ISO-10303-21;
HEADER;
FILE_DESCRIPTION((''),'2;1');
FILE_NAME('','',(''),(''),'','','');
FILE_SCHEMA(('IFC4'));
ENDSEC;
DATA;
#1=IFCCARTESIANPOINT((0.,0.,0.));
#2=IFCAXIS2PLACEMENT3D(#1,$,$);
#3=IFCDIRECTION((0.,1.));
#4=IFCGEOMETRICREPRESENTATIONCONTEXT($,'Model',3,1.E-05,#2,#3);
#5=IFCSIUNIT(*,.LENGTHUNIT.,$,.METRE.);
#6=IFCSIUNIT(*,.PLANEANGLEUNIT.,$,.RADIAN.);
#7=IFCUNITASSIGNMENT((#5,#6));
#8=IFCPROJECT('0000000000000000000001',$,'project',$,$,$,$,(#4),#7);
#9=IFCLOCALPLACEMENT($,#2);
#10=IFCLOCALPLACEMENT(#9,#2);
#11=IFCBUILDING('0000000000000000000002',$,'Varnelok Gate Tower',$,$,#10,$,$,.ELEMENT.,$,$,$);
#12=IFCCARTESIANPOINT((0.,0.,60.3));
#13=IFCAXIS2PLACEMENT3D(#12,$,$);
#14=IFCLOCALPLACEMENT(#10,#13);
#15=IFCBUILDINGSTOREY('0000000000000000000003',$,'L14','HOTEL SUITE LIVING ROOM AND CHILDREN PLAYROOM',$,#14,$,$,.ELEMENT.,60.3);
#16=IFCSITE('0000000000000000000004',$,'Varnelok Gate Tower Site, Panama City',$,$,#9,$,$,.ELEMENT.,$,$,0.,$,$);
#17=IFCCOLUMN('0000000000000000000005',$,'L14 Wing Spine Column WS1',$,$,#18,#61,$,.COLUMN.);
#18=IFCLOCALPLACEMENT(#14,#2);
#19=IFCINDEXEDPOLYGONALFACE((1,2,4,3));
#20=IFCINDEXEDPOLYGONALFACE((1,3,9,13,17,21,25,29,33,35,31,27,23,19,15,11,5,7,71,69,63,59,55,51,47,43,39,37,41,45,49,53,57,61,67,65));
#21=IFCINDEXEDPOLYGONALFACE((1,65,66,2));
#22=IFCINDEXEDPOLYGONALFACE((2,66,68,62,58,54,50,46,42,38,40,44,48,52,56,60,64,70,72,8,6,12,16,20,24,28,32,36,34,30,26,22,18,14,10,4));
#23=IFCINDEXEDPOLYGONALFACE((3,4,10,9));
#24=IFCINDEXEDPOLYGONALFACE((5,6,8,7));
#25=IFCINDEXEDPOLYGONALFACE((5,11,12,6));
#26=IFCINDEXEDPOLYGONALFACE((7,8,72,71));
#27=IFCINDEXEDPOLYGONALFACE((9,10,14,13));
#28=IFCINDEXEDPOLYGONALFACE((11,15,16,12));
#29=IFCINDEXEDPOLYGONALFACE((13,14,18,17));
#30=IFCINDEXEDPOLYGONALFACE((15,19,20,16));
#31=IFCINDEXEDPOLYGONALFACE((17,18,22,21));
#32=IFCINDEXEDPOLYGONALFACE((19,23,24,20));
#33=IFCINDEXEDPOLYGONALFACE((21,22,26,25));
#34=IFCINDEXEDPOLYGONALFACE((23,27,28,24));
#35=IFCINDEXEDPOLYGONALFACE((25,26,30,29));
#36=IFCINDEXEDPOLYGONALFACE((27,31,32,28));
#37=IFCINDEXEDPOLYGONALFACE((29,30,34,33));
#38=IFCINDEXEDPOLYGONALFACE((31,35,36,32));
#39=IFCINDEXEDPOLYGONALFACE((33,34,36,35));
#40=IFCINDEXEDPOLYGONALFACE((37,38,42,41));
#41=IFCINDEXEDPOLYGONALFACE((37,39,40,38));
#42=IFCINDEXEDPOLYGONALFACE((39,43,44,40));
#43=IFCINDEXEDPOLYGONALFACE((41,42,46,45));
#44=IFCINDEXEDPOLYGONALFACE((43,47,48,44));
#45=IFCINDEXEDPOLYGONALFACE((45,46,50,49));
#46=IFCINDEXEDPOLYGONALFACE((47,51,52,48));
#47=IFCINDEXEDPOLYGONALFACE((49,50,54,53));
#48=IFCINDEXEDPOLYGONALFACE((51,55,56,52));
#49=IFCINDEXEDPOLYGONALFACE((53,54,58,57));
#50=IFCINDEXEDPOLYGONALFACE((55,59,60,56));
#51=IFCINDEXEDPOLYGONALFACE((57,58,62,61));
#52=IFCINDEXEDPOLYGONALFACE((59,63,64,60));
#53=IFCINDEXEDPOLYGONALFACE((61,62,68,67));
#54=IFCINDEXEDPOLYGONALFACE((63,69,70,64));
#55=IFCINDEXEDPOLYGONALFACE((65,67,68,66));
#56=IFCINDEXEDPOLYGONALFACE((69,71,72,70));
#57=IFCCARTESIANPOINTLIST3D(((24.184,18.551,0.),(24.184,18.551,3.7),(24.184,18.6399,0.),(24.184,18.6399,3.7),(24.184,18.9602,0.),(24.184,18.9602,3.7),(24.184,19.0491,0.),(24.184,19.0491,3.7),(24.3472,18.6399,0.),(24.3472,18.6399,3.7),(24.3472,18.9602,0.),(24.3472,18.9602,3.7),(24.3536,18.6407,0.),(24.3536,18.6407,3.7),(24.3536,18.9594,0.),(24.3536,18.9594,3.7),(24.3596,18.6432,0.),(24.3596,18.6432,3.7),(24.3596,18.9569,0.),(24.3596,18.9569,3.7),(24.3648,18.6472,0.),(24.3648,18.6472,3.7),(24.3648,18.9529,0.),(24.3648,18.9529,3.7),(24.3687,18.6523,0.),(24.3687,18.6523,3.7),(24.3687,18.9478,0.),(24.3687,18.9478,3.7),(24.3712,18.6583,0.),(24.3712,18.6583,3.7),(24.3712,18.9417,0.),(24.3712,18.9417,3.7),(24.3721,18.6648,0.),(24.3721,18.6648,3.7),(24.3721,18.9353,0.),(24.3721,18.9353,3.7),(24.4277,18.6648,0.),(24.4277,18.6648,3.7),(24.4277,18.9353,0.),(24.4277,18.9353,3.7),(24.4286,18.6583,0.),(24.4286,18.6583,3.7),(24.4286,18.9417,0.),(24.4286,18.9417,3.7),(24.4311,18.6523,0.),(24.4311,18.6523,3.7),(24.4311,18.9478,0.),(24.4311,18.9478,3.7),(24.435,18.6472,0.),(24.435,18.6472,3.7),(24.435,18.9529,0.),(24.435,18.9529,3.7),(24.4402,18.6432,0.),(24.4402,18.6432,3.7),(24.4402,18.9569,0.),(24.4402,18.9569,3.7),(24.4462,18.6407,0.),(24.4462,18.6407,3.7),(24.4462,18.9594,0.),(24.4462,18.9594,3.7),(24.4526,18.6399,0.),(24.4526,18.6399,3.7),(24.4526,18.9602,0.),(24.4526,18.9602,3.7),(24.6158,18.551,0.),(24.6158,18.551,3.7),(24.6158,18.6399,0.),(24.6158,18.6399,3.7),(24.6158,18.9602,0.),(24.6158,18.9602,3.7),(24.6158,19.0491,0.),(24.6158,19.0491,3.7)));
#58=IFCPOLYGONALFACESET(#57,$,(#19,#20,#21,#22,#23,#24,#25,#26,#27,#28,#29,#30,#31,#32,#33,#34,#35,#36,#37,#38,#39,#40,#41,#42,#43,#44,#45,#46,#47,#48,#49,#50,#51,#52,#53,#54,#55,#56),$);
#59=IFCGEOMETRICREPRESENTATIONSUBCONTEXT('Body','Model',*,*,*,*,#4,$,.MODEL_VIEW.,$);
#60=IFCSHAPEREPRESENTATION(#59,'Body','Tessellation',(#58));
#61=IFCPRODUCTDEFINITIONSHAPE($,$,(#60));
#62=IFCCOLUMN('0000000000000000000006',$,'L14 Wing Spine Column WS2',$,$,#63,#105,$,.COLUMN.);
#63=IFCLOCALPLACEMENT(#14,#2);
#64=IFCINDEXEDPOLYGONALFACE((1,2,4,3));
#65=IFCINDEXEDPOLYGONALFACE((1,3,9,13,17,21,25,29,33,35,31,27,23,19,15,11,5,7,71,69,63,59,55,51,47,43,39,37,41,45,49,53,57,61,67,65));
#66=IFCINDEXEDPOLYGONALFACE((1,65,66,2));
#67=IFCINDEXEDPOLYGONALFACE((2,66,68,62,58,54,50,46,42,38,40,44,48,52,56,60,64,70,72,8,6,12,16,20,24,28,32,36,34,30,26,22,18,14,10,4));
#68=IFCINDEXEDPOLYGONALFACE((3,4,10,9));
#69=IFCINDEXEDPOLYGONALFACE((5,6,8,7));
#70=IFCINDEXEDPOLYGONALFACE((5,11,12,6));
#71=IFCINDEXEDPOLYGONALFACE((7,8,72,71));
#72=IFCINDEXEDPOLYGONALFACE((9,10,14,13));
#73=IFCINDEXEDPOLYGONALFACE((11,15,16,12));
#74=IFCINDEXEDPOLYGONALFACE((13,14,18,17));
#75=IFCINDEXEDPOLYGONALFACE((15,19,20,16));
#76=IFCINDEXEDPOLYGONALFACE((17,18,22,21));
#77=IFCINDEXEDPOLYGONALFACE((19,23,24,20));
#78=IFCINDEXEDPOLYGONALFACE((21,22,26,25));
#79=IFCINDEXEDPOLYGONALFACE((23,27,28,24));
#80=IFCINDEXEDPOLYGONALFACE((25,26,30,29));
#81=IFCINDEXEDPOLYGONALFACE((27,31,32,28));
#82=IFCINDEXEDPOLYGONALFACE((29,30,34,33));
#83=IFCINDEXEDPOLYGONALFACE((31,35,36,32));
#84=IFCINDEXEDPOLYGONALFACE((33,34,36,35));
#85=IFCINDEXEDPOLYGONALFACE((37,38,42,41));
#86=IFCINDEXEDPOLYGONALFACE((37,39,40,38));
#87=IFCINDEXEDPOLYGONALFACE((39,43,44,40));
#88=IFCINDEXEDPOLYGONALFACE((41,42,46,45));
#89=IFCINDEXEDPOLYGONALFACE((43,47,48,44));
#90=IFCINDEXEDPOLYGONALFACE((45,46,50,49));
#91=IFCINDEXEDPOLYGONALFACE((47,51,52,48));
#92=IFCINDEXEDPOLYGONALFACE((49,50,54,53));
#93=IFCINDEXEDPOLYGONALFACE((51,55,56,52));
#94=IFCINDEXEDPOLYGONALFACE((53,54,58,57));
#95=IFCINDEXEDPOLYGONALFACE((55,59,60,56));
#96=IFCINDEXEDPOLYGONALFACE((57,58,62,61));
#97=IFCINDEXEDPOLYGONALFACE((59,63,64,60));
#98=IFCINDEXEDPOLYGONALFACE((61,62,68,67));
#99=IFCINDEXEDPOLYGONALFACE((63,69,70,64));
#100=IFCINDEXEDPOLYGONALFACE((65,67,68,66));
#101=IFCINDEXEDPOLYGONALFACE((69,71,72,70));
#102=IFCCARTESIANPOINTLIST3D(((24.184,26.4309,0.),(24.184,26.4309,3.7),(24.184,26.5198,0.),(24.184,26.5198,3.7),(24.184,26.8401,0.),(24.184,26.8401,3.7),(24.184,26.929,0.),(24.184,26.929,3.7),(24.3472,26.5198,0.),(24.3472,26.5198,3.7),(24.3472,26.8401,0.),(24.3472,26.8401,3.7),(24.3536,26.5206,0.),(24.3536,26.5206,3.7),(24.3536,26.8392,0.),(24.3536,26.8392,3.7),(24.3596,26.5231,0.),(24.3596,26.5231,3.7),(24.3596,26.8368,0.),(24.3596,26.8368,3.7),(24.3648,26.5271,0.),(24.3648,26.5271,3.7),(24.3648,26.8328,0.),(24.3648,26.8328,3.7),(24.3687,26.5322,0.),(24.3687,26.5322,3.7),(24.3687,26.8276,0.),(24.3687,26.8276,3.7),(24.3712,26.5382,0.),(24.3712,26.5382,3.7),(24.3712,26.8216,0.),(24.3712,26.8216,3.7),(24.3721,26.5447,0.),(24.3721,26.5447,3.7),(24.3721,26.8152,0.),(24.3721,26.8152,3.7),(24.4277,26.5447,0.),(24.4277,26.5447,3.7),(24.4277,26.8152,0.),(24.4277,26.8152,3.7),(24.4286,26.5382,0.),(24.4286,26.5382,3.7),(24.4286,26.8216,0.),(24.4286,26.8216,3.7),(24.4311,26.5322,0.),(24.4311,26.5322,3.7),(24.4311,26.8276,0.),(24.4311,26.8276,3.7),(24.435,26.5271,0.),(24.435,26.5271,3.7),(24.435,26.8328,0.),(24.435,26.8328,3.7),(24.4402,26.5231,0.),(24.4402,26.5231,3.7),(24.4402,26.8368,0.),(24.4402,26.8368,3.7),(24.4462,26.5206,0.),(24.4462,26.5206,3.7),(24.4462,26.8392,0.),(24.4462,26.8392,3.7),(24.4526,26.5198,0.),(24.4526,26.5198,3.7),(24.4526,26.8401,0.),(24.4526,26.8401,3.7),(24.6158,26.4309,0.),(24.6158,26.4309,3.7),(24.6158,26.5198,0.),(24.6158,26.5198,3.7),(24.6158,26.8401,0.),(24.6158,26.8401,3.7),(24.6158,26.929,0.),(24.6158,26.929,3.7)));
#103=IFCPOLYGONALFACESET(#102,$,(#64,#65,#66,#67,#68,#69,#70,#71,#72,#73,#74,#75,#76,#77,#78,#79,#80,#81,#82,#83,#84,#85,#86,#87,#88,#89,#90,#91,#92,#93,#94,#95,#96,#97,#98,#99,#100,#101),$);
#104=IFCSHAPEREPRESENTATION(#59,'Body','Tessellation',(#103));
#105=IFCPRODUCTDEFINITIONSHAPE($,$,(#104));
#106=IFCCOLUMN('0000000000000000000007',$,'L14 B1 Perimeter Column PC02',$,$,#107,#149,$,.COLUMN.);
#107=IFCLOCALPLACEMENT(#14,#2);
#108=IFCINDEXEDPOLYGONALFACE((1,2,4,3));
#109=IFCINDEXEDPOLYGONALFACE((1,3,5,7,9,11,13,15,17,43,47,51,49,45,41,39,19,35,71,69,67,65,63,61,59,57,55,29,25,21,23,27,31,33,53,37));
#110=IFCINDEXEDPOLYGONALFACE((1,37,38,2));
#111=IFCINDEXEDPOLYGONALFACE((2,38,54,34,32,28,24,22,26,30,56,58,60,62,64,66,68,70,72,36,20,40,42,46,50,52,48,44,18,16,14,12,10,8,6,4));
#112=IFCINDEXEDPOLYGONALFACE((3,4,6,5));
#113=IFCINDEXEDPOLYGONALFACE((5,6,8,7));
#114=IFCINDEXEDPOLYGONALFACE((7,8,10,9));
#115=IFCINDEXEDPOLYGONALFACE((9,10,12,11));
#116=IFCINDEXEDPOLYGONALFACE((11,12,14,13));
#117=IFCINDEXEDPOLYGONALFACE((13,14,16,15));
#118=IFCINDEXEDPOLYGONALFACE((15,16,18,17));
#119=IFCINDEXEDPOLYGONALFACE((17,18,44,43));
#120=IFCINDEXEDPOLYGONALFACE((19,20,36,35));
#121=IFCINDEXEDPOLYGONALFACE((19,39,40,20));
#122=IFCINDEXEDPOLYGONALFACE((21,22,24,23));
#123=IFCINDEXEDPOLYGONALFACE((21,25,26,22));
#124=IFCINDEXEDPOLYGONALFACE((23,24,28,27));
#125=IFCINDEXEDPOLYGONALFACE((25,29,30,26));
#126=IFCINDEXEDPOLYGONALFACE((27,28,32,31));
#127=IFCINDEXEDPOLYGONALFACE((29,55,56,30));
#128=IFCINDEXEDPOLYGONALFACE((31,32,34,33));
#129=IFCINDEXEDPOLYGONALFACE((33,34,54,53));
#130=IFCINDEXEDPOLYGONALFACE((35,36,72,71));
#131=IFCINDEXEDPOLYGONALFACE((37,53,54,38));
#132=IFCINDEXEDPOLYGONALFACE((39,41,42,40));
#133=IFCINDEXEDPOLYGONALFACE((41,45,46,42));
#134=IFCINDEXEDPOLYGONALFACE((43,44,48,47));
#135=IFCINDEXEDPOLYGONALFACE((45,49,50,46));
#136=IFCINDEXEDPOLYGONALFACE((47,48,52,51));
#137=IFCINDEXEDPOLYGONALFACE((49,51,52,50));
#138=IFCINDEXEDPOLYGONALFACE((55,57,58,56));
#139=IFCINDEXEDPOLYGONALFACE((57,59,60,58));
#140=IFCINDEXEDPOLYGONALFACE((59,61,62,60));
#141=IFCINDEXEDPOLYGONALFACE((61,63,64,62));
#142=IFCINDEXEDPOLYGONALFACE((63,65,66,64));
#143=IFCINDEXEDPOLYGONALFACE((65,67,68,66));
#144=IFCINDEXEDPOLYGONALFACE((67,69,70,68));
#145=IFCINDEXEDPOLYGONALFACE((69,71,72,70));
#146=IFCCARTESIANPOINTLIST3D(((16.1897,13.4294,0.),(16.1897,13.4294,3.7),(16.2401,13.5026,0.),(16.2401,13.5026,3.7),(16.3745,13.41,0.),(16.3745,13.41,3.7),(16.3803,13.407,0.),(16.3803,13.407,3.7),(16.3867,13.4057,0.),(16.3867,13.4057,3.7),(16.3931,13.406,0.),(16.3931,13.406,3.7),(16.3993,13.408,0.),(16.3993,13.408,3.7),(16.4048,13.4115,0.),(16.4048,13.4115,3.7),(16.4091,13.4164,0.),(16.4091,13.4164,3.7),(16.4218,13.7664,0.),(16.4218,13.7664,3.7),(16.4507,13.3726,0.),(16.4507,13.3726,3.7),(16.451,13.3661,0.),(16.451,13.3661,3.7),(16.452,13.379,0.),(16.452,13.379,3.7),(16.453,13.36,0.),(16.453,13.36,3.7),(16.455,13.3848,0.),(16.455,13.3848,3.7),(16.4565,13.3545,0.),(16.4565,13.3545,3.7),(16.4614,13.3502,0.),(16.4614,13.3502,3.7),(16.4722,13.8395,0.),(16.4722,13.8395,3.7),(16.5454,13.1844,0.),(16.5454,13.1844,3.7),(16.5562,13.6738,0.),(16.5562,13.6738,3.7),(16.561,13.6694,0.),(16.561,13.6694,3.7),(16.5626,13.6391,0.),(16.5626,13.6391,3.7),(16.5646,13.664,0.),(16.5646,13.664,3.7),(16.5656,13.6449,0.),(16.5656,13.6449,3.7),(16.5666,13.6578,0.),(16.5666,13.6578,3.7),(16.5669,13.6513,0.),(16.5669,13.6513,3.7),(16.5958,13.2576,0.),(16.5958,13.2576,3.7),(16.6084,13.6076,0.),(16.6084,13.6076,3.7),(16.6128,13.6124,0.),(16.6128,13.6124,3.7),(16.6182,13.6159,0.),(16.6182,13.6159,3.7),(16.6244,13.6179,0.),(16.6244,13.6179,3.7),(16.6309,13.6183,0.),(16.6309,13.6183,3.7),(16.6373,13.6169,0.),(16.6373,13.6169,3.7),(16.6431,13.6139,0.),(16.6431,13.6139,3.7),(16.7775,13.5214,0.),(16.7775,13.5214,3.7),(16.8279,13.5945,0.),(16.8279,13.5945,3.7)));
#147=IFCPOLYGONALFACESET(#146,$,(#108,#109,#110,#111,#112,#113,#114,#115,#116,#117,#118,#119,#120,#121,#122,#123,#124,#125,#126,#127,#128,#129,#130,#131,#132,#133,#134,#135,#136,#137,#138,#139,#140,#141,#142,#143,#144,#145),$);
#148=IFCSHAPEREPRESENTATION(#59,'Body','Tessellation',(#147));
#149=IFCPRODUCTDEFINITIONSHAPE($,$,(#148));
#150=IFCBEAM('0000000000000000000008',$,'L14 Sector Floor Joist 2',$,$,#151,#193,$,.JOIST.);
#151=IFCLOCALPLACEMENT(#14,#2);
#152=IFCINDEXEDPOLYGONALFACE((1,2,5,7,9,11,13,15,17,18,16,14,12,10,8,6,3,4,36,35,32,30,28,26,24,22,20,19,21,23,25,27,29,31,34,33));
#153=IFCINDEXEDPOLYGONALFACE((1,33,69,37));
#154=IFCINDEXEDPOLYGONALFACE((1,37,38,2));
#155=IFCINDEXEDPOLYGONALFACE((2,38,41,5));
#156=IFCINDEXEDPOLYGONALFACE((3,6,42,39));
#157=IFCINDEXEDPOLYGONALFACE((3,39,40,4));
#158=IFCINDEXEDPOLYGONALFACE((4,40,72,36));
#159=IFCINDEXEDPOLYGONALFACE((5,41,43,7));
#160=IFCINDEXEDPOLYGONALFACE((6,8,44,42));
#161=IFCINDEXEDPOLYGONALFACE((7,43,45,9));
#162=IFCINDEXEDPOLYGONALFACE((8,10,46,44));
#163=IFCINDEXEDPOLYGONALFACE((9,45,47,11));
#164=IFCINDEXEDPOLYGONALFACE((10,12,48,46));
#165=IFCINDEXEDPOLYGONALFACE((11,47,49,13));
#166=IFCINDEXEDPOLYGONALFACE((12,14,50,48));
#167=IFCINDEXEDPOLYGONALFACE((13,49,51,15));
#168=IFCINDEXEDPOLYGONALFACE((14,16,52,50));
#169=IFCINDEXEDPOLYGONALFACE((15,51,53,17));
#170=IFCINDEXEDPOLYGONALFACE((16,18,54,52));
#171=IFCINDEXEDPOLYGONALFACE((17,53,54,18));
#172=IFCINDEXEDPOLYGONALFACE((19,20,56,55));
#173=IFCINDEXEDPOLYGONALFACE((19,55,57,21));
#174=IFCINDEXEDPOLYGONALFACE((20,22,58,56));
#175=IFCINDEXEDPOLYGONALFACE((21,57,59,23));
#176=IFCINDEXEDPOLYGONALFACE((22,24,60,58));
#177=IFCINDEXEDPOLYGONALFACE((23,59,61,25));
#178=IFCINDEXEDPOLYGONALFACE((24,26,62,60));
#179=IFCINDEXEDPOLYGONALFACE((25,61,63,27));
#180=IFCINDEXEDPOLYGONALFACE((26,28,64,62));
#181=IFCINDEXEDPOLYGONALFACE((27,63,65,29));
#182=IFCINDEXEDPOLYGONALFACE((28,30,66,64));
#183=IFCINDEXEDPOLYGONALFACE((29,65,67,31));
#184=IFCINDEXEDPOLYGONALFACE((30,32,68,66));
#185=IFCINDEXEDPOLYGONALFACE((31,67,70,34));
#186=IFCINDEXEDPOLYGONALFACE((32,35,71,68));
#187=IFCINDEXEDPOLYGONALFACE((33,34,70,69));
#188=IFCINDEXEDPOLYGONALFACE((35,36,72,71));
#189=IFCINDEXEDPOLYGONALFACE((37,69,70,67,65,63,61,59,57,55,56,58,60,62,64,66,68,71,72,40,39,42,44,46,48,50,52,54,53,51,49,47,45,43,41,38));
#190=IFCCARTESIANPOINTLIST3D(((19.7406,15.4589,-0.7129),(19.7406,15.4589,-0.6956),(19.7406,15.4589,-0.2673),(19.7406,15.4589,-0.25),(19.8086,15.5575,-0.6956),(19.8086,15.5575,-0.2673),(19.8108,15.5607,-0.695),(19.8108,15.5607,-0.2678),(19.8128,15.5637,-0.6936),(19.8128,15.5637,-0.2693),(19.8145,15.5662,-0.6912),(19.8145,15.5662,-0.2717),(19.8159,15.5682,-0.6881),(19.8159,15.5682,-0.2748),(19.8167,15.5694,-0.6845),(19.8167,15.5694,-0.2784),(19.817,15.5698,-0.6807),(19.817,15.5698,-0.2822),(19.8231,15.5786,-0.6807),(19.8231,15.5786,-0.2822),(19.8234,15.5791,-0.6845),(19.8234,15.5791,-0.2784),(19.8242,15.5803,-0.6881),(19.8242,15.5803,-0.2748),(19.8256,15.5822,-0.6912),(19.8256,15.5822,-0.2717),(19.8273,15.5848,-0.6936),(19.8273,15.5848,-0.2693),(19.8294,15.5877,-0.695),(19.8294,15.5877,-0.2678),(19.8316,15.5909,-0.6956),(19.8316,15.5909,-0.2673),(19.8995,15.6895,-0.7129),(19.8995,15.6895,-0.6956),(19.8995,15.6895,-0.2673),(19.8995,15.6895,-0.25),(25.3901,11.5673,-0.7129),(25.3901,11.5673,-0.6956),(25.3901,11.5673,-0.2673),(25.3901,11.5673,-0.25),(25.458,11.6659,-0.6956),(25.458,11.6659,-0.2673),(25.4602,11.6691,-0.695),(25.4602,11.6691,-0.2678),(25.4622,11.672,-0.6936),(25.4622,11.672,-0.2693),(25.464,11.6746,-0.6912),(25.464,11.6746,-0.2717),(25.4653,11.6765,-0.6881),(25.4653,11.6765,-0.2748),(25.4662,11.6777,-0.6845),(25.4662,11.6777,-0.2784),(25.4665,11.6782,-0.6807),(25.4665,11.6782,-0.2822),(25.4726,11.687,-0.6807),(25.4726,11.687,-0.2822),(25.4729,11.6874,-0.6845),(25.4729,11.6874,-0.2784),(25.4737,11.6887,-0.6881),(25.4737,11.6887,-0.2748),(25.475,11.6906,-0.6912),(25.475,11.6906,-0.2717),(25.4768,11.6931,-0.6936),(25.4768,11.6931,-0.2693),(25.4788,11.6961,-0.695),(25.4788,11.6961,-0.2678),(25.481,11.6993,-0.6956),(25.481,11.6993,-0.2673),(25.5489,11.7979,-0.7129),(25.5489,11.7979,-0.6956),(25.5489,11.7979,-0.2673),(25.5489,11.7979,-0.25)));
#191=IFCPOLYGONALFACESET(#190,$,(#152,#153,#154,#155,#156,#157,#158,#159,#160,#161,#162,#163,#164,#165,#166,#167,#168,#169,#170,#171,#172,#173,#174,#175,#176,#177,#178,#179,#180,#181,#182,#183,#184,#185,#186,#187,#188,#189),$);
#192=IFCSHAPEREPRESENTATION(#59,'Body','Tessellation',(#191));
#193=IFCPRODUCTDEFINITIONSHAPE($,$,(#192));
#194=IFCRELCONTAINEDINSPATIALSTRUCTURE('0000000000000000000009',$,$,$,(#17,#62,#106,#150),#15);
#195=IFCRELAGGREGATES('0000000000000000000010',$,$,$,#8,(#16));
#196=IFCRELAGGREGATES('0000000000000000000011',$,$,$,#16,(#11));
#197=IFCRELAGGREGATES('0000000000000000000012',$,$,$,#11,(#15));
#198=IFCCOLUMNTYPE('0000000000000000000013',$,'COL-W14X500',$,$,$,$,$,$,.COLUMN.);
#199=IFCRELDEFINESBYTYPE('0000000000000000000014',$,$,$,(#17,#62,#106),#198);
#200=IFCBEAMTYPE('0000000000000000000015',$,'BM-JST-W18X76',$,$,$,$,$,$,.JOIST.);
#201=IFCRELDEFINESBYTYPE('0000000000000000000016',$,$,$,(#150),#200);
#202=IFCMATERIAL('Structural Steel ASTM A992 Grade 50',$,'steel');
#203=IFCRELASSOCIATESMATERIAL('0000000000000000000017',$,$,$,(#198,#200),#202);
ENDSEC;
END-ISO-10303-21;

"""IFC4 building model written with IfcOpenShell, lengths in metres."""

from ifc_helpers import new_model, si_unit, direction, frame, origin, origin_2d, place, context, subcontext, project, spatial, i_section, extrude, material, material_profile, profile_set, type_object, element, save


model = new_model("IFC4")

# Units and contexts
model_context = context("Model", 3, precision=1e-05, world=origin(), true_north=direction((0.0, 1.0)))
body_context = subcontext(model_context, "Body", "Model", "MODEL_VIEW")
ifc_project = project(units=[si_unit("LENGTHUNIT", "METRE"), si_unit("PLANEANGLEUNIT", "RADIAN")], contexts=[model_context])

# Site, building, storey
site_placement = place(None, origin())
site = spatial("IfcSite", under=ifc_project, at=site_placement, Name="Varnelok Gate Tower Site, Panama City", CompositionType="ELEMENT", RefElevation=0.0)
building_placement = place(site_placement, origin())
building = spatial("IfcBuilding", under=site, at=building_placement, Name="Varnelok Gate Tower", CompositionType="ELEMENT")
storey_placement = place(building_placement, frame((0.0, 0.0, 60.3)))
storey = spatial("IfcBuildingStorey", under=building, at=storey_placement, Name="L14", Description="HOTEL SUITE LIVING ROOM AND CHILDREN PLAYROOM", CompositionType="ELEMENT", Elevation=60.3)

# Columns
ifc_material_1 = material(Name="Structural Steel ASTM A992 Grade 50", Category="steel")
ifc_material_profile_1 = material_profile(ifc_material_1, i_section(OverallWidth=0.4319, OverallDepth=0.498, WebThickness=0.0557, FlangeThickness=0.0889, FilletRadius=0.0249, at=origin_2d()), Name="W14X500")
ifc_profile_set_1 = profile_set([ifc_material_profile_1], Name="Structural Steel ASTM A992 Grade 50")
column_type = type_object("IfcColumnType", Name="COL-W14X500", PredefinedType="COLUMN", material=ifc_profile_set_1)
for number, where, z_axis, x_axis, name in (
    (1, (24.3999, 18.8, 0.0), (0.0, 0.0, 1.0), (1.0, 0.0, 0.0), "L14 Wing Spine Column WS1"),
    (2, (24.3999, 26.6799, 0.0), (0.0, 0.0, 1.0), (1.0, 0.0, 0.0), "L14 Wing Spine Column WS2"),
    (3, (16.5088, 13.512, 0.0), (0.0, 0.0, 1.0), (0.823533, -0.567269, 0.0), "L14 B1 Perimeter Column PC02"),
):
    element("IfcColumn", number, at=place(storey_placement, frame(where, z_axis=z_axis, x_axis=x_axis)), inside=storey, type_object=column_type, Name=name, PredefinedType="COLUMN", context=body_context, shape_type="SweptSolid", body=[
        extrude(i_section(OverallWidth=0.4319, OverallDepth=0.498, WebThickness=0.0557, FlangeThickness=0.0889, FilletRadius=0.0249, at=origin_2d()), origin(), (0.0, 0.0, 1.0), 3.7),
    ])

# Beam
ifc_material_profile_2 = material_profile(ifc_material_1, i_section(OverallWidth=0.28, OverallDepth=0.4629, WebThickness=0.0107, FlangeThickness=0.0173, FilletRadius=0.0149, at=origin_2d()), Name="W18X76")
ifc_profile_set_2 = profile_set([ifc_material_profile_2], Name="Structural Steel ASTM A992 Grade 50")
beam_type_1 = type_object("IfcBeamType", Name="BM-JST-W18X76", PredefinedType="JOIST", material=ifc_profile_set_2)
beam_1_placement = place(storey_placement, frame((19.8201, 15.5742, -0.4814), z_axis=(0.823522, -0.567284, 0.0), x_axis=(0.567284, 0.823522, 0.0)))
element("IfcBeam", 4, at=beam_1_placement, inside=storey, type_object=beam_type_1, Name="L14 Sector Floor Joist 2", PredefinedType="JOIST", context=body_context, shape_type="SweptSolid", body=[
    extrude(i_section(OverallWidth=0.28, OverallDepth=0.4629, WebThickness=0.0107, FlangeThickness=0.0173, FilletRadius=0.0149, at=origin_2d()), origin(), (0.0, 0.0, 1.0), 6.8601),
])

save(model, "model.ifc")
